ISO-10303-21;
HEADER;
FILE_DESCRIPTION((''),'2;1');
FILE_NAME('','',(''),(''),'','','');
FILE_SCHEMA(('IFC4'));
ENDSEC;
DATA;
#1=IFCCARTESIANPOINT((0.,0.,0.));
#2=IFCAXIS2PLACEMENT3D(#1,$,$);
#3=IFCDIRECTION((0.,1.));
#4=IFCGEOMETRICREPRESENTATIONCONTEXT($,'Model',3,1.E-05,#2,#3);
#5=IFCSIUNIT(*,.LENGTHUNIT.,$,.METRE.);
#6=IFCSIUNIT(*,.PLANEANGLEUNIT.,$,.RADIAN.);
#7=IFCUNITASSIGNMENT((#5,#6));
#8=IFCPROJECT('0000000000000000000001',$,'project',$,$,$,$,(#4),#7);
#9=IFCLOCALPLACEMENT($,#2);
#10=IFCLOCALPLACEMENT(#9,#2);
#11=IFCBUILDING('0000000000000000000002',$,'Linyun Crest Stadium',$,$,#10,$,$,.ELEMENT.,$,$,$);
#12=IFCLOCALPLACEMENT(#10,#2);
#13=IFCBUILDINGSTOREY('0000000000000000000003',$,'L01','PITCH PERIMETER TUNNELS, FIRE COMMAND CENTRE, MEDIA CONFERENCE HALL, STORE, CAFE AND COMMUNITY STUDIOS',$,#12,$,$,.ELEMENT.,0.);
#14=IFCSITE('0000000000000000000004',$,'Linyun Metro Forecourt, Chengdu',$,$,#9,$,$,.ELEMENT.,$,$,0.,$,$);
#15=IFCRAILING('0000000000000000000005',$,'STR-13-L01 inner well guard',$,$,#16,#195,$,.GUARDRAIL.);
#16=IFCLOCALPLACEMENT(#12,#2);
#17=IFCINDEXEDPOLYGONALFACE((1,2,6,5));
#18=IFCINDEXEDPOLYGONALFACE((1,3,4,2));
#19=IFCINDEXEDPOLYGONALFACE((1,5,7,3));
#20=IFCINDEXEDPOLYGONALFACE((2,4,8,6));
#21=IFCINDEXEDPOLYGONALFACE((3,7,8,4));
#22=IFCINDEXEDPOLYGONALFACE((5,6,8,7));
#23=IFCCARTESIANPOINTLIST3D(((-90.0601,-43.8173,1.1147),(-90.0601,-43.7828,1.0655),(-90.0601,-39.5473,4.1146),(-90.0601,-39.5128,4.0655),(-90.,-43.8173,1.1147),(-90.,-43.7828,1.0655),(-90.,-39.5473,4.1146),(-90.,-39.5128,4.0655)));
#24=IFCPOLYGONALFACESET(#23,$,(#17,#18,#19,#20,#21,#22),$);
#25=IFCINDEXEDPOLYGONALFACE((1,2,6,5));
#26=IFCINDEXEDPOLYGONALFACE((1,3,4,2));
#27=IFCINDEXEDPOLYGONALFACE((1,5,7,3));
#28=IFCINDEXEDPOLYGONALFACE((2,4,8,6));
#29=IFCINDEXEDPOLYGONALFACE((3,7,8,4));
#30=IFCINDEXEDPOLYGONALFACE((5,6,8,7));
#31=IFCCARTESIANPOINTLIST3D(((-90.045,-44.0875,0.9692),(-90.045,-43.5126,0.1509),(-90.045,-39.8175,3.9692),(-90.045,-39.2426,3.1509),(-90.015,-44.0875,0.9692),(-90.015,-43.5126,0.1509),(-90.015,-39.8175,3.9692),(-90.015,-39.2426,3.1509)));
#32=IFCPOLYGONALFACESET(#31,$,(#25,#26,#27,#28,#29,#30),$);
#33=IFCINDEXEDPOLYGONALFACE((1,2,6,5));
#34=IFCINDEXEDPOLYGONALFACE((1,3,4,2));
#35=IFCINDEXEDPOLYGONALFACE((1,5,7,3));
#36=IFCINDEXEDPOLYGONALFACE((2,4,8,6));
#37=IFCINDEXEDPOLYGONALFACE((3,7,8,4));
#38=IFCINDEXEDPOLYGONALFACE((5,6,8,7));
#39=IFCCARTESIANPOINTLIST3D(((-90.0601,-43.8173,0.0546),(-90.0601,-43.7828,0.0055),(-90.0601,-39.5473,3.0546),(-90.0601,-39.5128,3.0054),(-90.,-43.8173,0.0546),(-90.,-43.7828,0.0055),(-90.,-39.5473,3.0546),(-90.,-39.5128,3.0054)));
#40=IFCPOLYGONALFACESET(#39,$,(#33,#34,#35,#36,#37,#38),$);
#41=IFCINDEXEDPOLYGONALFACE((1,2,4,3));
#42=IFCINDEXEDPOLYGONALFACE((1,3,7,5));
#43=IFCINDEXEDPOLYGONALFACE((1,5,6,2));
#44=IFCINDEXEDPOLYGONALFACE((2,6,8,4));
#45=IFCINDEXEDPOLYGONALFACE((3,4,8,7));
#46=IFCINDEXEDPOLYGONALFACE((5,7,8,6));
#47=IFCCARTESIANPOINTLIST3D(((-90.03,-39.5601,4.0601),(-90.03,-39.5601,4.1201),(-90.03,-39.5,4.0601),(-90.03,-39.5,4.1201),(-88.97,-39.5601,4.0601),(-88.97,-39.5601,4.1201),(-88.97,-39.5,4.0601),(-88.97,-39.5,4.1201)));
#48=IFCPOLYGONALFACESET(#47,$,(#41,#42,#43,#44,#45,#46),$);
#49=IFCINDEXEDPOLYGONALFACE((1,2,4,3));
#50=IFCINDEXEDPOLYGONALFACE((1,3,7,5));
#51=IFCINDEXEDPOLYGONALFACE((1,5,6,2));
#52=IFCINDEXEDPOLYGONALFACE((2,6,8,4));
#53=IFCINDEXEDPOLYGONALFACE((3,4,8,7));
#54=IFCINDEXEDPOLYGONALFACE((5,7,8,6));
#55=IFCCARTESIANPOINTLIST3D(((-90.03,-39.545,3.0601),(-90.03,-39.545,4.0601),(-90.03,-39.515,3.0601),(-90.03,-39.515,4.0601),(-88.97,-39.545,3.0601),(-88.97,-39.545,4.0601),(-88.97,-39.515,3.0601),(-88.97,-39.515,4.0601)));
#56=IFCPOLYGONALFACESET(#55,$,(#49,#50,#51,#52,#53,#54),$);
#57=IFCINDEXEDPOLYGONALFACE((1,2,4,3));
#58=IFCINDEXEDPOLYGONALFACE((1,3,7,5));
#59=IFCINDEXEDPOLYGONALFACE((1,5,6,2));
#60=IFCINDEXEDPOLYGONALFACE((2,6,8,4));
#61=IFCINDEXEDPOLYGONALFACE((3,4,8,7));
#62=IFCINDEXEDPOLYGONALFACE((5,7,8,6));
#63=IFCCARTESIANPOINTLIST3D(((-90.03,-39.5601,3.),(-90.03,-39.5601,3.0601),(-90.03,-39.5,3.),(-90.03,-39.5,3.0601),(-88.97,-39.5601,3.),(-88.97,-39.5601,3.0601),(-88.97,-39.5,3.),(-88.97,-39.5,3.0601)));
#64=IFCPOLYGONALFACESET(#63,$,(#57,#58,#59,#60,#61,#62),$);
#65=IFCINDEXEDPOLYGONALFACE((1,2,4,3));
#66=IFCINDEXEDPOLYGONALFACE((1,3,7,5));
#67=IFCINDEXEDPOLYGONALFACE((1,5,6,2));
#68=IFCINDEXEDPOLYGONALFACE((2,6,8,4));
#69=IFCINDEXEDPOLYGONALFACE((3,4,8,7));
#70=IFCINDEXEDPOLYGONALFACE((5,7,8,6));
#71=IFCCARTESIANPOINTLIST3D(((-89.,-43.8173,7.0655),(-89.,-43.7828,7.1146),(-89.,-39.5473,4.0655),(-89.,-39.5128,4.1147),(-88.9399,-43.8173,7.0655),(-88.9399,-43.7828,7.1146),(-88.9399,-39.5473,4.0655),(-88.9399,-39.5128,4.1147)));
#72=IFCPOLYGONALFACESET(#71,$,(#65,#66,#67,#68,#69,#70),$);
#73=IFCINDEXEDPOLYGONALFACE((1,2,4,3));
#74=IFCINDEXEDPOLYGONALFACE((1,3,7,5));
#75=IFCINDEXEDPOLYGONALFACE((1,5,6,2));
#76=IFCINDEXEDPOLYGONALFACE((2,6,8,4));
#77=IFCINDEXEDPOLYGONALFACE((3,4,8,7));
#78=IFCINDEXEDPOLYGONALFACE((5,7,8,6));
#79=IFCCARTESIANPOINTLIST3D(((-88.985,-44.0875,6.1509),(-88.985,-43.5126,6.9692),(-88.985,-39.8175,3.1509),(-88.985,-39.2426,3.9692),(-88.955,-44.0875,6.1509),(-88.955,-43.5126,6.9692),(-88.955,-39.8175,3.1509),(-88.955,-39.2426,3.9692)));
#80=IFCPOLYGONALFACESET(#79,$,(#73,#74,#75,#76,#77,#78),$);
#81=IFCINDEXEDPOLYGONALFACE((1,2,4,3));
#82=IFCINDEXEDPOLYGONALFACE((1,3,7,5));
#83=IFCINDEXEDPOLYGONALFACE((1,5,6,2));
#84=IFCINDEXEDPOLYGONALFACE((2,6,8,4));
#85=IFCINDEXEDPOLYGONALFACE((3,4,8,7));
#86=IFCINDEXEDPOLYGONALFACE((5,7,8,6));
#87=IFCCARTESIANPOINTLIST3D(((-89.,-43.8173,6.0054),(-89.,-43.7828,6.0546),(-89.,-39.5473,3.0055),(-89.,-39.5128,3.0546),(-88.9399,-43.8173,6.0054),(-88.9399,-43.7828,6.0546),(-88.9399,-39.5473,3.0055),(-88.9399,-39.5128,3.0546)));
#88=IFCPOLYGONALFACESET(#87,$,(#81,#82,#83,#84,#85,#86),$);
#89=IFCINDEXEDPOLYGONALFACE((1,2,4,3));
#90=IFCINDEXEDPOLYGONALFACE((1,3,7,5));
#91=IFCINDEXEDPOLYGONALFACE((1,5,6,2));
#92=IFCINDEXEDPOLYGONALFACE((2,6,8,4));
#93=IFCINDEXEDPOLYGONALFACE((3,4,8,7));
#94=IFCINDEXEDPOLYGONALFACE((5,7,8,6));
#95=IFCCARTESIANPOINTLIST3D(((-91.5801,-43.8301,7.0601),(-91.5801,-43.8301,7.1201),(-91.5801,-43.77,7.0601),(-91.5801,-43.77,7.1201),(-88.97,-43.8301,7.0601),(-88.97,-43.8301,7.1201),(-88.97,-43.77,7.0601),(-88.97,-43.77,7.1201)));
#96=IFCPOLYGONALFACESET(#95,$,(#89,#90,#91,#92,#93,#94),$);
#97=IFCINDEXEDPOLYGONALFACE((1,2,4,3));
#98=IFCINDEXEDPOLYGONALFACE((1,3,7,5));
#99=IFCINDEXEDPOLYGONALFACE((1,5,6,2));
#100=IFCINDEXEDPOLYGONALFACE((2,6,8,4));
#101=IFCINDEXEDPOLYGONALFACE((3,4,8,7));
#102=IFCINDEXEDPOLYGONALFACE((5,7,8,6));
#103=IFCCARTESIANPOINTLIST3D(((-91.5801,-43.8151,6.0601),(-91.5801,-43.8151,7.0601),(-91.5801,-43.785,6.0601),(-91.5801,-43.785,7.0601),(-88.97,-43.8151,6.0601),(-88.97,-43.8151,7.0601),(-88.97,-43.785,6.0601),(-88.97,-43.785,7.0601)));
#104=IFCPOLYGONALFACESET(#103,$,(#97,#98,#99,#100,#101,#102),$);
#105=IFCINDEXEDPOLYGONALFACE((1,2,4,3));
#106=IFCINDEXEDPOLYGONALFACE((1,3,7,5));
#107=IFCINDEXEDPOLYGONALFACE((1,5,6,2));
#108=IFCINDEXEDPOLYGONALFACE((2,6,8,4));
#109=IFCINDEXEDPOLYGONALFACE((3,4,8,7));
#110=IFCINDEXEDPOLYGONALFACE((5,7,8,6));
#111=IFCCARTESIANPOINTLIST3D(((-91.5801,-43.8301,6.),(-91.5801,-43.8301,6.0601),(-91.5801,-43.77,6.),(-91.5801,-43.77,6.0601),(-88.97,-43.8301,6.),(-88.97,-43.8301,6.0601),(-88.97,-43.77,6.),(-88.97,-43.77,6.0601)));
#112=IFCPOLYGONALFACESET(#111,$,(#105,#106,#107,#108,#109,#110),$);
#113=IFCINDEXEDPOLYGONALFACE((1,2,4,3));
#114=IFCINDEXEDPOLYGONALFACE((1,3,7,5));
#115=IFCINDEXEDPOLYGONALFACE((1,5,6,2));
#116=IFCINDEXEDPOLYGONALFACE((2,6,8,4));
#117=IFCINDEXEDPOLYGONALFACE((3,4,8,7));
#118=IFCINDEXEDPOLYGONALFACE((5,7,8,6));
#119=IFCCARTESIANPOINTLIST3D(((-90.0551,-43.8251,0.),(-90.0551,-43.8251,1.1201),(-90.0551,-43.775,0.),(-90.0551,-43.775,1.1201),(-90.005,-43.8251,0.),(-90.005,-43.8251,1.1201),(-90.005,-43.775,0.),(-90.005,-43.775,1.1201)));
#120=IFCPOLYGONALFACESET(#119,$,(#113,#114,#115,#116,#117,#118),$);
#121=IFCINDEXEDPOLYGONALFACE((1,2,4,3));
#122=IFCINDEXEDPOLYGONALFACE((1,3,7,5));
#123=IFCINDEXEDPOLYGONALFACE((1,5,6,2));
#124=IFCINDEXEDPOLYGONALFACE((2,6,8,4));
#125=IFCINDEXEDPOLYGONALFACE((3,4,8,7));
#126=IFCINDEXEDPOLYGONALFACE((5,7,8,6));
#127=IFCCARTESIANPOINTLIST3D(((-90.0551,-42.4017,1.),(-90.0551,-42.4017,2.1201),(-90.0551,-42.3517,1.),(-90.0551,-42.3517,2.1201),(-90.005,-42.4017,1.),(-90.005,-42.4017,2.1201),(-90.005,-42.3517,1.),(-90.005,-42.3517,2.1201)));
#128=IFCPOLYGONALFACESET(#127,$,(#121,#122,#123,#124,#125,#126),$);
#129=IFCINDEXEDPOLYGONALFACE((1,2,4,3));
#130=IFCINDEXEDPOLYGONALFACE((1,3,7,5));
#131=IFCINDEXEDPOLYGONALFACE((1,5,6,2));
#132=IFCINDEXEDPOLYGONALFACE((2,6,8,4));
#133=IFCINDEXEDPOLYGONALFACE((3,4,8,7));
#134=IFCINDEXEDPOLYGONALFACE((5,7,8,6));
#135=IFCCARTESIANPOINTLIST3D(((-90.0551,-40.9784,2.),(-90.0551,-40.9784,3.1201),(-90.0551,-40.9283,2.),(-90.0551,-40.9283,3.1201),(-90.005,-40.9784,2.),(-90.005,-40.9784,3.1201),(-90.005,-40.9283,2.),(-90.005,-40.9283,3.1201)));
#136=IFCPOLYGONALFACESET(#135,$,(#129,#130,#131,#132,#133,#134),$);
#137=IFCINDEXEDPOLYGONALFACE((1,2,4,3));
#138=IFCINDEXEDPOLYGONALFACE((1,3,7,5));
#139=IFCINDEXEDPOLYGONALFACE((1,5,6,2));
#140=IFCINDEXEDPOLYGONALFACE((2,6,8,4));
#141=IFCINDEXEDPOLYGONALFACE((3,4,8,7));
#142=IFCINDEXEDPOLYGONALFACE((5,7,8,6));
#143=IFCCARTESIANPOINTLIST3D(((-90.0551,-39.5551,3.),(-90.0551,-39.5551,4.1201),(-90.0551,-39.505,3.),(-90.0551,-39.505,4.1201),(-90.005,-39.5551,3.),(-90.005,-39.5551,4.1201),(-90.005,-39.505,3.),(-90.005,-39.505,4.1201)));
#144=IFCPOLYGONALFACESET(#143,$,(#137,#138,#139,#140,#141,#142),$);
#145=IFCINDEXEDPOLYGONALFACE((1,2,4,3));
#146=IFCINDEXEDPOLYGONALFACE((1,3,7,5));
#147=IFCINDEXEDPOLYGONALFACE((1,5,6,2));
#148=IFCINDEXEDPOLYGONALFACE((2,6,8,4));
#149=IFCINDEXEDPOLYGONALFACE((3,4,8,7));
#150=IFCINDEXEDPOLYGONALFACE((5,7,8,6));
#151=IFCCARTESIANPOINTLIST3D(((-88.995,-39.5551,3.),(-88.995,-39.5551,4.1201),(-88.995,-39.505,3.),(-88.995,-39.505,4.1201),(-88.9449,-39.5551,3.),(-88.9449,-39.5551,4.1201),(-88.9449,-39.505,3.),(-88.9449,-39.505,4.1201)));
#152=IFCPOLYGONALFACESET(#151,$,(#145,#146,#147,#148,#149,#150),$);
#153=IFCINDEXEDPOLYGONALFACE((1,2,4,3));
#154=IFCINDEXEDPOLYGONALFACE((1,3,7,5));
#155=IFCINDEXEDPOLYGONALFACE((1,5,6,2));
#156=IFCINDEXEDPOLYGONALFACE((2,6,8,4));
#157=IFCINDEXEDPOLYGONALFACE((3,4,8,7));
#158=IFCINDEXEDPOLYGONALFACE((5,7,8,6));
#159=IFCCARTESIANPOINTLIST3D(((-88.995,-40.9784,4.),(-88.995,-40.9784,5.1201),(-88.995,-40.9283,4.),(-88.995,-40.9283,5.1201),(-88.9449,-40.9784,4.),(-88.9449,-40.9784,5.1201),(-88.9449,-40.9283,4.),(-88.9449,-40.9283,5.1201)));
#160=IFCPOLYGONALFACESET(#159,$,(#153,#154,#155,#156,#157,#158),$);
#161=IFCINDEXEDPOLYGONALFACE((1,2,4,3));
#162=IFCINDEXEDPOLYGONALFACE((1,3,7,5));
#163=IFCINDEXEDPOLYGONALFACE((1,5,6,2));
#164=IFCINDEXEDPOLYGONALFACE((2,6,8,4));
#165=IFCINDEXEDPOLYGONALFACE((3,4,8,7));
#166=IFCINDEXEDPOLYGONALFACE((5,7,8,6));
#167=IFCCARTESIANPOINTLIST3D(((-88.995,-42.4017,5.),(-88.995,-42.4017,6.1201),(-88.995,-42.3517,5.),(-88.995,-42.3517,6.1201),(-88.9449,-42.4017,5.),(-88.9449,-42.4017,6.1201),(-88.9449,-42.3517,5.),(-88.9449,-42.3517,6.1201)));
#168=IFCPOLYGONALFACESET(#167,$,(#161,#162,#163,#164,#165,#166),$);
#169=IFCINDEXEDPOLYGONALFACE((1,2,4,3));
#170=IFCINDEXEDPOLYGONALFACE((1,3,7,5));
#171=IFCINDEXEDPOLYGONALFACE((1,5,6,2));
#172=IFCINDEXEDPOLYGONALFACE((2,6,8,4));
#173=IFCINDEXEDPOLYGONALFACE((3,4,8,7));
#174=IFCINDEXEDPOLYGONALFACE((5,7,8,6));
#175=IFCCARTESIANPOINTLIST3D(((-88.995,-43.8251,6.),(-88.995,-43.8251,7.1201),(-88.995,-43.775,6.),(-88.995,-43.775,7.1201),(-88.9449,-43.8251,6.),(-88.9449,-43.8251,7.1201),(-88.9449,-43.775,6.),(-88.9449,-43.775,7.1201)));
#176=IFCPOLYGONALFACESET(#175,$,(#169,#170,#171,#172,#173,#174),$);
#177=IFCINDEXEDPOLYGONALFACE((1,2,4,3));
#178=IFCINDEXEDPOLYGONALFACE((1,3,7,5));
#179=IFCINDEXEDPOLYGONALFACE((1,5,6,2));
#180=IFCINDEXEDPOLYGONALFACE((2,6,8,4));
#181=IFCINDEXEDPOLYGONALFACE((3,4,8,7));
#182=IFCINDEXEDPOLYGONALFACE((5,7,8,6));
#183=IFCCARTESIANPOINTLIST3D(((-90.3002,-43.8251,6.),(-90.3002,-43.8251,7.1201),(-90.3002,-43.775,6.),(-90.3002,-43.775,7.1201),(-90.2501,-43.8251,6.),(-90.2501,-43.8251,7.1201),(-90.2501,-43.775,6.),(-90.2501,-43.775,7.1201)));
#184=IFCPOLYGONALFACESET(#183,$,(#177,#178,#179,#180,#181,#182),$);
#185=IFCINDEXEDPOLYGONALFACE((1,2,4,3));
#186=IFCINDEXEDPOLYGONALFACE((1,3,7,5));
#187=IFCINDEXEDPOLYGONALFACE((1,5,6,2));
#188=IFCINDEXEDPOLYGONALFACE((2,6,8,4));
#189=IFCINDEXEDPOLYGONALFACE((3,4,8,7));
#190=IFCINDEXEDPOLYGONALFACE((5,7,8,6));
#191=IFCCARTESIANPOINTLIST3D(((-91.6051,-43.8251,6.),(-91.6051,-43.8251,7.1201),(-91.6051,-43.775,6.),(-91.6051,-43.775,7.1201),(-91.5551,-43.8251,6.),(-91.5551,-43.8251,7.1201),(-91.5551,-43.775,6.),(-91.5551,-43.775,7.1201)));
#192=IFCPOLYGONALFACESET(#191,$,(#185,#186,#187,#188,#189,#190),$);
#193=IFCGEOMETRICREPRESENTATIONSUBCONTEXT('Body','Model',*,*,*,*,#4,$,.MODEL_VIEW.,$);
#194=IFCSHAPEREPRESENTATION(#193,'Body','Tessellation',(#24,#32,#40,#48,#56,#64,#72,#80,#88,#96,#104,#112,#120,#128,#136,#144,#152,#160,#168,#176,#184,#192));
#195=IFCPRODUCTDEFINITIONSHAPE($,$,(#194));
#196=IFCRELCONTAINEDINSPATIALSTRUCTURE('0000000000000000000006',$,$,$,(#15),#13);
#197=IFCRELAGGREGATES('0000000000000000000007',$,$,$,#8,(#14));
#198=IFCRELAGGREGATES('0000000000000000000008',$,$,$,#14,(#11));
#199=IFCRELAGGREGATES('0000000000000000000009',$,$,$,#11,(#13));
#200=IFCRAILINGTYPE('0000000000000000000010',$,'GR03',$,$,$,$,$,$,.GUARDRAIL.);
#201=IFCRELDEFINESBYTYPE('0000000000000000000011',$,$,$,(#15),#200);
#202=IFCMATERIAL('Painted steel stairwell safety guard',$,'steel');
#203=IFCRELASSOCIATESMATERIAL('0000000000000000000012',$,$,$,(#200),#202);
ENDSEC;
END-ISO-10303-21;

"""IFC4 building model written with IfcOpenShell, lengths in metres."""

from ifc_helpers import new_model, si_unit, direction, frame, origin, origin_2d, place, context, subcontext, project, spatial, rectangle, extrude, material, type_object, element, save


model = new_model("IFC4")

# Units and contexts
model_context = context("Model", 3, precision=1e-05, world=origin(), true_north=direction((0.0, 1.0)))
body_context = subcontext(model_context, "Body", "Model", "MODEL_VIEW")
ifc_project = project(units=[si_unit("LENGTHUNIT", "METRE"), si_unit("PLANEANGLEUNIT", "RADIAN")], contexts=[model_context])

# Site, building, storey
site_placement = place(None, origin())
site = spatial("IfcSite", under=ifc_project, at=site_placement, Name="Linyun Metro Forecourt, Chengdu", CompositionType="ELEMENT", RefElevation=0.0)
building_placement = place(site_placement, origin())
building = spatial("IfcBuilding", under=site, at=building_placement, Name="Linyun Crest Stadium", CompositionType="ELEMENT")
storey_placement = place(building_placement, origin())
storey = spatial("IfcBuildingStorey", under=building, at=storey_placement, Name="L01", Description="PITCH PERIMETER TUNNELS, FIRE COMMAND CENTRE, MEDIA CONFERENCE HALL, STORE, CAFE AND COMMUNITY STUDIOS", CompositionType="ELEMENT", Elevation=0.0)

# Railing
ifc_material_1 = material(Name="Painted steel stairwell safety guard", Category="steel")
railing_type_1 = type_object("IfcRailingType", Name="GR03", PredefinedType="GUARDRAIL", material=ifc_material_1)
railing_1_placement = place(storey_placement, frame((-90.03, -43.8, 0.0)))
element("IfcRailing", 1, at=railing_1_placement, inside=storey, type_object=railing_type_1, Name="STR-13-L01 inner well guard", PredefinedType="GUARDRAIL", context=body_context, shape_type="SweptSolid", body=[
    extrude(rectangle(XDim=0.0601, YDim=0.0601, at=origin_2d()), frame((0.0, 0.0, 1.0901), z_axis=(0.0, 0.818242, 0.574874), x_axis=(-1.0, 0.0, 0.0)), (0.0, 0.0, 1.0), 5.2185),
    extrude(rectangle(XDim=0.03, YDim=1.0, at=origin_2d()), frame((0.0, 0.0, 0.5601), z_axis=(0.0, 0.818242, 0.574874), x_axis=(-1.0, 0.0, 0.0)), (0.0, 0.0, 1.0), 5.2185),
    extrude(rectangle(XDim=0.0601, YDim=0.0601, at=origin_2d()), frame((0.0, 0.0, 0.03), z_axis=(0.0, 0.818242, 0.574874), x_axis=(-1.0, 0.0, 0.0)), (0.0, 0.0, 1.0), 5.2185),
    extrude(rectangle(XDim=0.0601, YDim=0.0601, at=origin_2d()), frame((0.0, 4.27, 4.0901), z_axis=(1.0, 0.0, 0.0), x_axis=(0.0, 1.0, 0.0)), (0.0, 0.0, 1.0), 1.0601),
    extrude(rectangle(XDim=0.03, YDim=1.0, at=origin_2d()), frame((0.0, 4.27, 3.5601), z_axis=(1.0, 0.0, 0.0), x_axis=(0.0, 1.0, 0.0)), (0.0, 0.0, 1.0), 1.0601),
    extrude(rectangle(XDim=0.0601, YDim=0.0601, at=origin_2d()), frame((0.0, 4.27, 3.03), z_axis=(1.0, 0.0, 0.0), x_axis=(0.0, 1.0, 0.0)), (0.0, 0.0, 1.0), 1.0601),
    extrude(rectangle(XDim=0.0601, YDim=0.0601, at=origin_2d()), frame((1.0601, 4.27, 4.0901), z_axis=(0.0, -0.818242, 0.574874), x_axis=(1.0, 0.0, 0.0)), (0.0, 0.0, 1.0), 5.2185),
    extrude(rectangle(XDim=0.03, YDim=1.0, at=origin_2d()), frame((1.0601, 4.27, 3.5601), z_axis=(0.0, -0.818242, 0.574874), x_axis=(1.0, 0.0, 0.0)), (0.0, 0.0, 1.0), 5.2185),
    extrude(rectangle(XDim=0.0601, YDim=0.0601, at=origin_2d()), frame((1.0601, 4.27, 3.03), z_axis=(0.0, -0.818242, 0.574874), x_axis=(1.0, 0.0, 0.0)), (0.0, 0.0, 1.0), 5.2185),
    extrude(rectangle(XDim=0.0601, YDim=0.0601, at=origin_2d()), frame((1.0601, 0.0, 7.0901), z_axis=(-1.0, 0.0, 0.0), x_axis=(0.0, -1.0, 0.0)), (0.0, 0.0, 1.0), 2.6101),
    extrude(rectangle(XDim=0.03, YDim=1.0, at=origin_2d()), frame((1.0601, 0.0, 6.5601), z_axis=(-1.0, 0.0, 0.0), x_axis=(0.0, -1.0, 0.0)), (0.0, 0.0, 1.0), 2.6101),
    extrude(rectangle(XDim=0.0601, YDim=0.0601, at=origin_2d()), frame((1.0601, 0.0, 6.03), z_axis=(-1.0, 0.0, 0.0), x_axis=(0.0, -1.0, 0.0)), (0.0, 0.0, 1.0), 2.6101),
    extrude(rectangle(XDim=0.05, YDim=0.05, at=origin_2d()), origin(), (0.0, 0.0, 1.0), 1.1201),
    extrude(rectangle(XDim=0.05, YDim=0.05, at=origin_2d()), frame((0.0, 1.4233, 1.0)), (0.0, 0.0, 1.0), 1.1201),
    extrude(rectangle(XDim=0.05, YDim=0.05, at=origin_2d()), frame((0.0, 2.8467, 2.0)), (0.0, 0.0, 1.0), 1.1201),
    extrude(rectangle(XDim=0.05, YDim=0.05, at=origin_2d()), frame((0.0, 4.27, 3.0)), (0.0, 0.0, 1.0), 1.1201),
    extrude(rectangle(XDim=0.05, YDim=0.05, at=origin_2d()), frame((1.0601, 4.27, 3.0)), (0.0, 0.0, 1.0), 1.1201),
    extrude(rectangle(XDim=0.05, YDim=0.05, at=origin_2d()), frame((1.0601, 2.8467, 4.0)), (0.0, 0.0, 1.0), 1.1201),
    extrude(rectangle(XDim=0.05, YDim=0.05, at=origin_2d()), frame((1.0601, 1.4233, 5.0)), (0.0, 0.0, 1.0), 1.1201),
    extrude(rectangle(XDim=0.05, YDim=0.05, at=origin_2d()), frame((1.0601, 0.0, 6.0)), (0.0, 0.0, 1.0), 1.1201),
    extrude(rectangle(XDim=0.05, YDim=0.05, at=origin_2d()), frame((-0.2451, 0.0, 6.0)), (0.0, 0.0, 1.0), 1.1201),
    extrude(rectangle(XDim=0.05, YDim=0.05, at=origin_2d()), frame((-1.55, 0.0, 6.0)), (0.0, 0.0, 1.0), 1.1201),
])

save(model, "model.ifc")
